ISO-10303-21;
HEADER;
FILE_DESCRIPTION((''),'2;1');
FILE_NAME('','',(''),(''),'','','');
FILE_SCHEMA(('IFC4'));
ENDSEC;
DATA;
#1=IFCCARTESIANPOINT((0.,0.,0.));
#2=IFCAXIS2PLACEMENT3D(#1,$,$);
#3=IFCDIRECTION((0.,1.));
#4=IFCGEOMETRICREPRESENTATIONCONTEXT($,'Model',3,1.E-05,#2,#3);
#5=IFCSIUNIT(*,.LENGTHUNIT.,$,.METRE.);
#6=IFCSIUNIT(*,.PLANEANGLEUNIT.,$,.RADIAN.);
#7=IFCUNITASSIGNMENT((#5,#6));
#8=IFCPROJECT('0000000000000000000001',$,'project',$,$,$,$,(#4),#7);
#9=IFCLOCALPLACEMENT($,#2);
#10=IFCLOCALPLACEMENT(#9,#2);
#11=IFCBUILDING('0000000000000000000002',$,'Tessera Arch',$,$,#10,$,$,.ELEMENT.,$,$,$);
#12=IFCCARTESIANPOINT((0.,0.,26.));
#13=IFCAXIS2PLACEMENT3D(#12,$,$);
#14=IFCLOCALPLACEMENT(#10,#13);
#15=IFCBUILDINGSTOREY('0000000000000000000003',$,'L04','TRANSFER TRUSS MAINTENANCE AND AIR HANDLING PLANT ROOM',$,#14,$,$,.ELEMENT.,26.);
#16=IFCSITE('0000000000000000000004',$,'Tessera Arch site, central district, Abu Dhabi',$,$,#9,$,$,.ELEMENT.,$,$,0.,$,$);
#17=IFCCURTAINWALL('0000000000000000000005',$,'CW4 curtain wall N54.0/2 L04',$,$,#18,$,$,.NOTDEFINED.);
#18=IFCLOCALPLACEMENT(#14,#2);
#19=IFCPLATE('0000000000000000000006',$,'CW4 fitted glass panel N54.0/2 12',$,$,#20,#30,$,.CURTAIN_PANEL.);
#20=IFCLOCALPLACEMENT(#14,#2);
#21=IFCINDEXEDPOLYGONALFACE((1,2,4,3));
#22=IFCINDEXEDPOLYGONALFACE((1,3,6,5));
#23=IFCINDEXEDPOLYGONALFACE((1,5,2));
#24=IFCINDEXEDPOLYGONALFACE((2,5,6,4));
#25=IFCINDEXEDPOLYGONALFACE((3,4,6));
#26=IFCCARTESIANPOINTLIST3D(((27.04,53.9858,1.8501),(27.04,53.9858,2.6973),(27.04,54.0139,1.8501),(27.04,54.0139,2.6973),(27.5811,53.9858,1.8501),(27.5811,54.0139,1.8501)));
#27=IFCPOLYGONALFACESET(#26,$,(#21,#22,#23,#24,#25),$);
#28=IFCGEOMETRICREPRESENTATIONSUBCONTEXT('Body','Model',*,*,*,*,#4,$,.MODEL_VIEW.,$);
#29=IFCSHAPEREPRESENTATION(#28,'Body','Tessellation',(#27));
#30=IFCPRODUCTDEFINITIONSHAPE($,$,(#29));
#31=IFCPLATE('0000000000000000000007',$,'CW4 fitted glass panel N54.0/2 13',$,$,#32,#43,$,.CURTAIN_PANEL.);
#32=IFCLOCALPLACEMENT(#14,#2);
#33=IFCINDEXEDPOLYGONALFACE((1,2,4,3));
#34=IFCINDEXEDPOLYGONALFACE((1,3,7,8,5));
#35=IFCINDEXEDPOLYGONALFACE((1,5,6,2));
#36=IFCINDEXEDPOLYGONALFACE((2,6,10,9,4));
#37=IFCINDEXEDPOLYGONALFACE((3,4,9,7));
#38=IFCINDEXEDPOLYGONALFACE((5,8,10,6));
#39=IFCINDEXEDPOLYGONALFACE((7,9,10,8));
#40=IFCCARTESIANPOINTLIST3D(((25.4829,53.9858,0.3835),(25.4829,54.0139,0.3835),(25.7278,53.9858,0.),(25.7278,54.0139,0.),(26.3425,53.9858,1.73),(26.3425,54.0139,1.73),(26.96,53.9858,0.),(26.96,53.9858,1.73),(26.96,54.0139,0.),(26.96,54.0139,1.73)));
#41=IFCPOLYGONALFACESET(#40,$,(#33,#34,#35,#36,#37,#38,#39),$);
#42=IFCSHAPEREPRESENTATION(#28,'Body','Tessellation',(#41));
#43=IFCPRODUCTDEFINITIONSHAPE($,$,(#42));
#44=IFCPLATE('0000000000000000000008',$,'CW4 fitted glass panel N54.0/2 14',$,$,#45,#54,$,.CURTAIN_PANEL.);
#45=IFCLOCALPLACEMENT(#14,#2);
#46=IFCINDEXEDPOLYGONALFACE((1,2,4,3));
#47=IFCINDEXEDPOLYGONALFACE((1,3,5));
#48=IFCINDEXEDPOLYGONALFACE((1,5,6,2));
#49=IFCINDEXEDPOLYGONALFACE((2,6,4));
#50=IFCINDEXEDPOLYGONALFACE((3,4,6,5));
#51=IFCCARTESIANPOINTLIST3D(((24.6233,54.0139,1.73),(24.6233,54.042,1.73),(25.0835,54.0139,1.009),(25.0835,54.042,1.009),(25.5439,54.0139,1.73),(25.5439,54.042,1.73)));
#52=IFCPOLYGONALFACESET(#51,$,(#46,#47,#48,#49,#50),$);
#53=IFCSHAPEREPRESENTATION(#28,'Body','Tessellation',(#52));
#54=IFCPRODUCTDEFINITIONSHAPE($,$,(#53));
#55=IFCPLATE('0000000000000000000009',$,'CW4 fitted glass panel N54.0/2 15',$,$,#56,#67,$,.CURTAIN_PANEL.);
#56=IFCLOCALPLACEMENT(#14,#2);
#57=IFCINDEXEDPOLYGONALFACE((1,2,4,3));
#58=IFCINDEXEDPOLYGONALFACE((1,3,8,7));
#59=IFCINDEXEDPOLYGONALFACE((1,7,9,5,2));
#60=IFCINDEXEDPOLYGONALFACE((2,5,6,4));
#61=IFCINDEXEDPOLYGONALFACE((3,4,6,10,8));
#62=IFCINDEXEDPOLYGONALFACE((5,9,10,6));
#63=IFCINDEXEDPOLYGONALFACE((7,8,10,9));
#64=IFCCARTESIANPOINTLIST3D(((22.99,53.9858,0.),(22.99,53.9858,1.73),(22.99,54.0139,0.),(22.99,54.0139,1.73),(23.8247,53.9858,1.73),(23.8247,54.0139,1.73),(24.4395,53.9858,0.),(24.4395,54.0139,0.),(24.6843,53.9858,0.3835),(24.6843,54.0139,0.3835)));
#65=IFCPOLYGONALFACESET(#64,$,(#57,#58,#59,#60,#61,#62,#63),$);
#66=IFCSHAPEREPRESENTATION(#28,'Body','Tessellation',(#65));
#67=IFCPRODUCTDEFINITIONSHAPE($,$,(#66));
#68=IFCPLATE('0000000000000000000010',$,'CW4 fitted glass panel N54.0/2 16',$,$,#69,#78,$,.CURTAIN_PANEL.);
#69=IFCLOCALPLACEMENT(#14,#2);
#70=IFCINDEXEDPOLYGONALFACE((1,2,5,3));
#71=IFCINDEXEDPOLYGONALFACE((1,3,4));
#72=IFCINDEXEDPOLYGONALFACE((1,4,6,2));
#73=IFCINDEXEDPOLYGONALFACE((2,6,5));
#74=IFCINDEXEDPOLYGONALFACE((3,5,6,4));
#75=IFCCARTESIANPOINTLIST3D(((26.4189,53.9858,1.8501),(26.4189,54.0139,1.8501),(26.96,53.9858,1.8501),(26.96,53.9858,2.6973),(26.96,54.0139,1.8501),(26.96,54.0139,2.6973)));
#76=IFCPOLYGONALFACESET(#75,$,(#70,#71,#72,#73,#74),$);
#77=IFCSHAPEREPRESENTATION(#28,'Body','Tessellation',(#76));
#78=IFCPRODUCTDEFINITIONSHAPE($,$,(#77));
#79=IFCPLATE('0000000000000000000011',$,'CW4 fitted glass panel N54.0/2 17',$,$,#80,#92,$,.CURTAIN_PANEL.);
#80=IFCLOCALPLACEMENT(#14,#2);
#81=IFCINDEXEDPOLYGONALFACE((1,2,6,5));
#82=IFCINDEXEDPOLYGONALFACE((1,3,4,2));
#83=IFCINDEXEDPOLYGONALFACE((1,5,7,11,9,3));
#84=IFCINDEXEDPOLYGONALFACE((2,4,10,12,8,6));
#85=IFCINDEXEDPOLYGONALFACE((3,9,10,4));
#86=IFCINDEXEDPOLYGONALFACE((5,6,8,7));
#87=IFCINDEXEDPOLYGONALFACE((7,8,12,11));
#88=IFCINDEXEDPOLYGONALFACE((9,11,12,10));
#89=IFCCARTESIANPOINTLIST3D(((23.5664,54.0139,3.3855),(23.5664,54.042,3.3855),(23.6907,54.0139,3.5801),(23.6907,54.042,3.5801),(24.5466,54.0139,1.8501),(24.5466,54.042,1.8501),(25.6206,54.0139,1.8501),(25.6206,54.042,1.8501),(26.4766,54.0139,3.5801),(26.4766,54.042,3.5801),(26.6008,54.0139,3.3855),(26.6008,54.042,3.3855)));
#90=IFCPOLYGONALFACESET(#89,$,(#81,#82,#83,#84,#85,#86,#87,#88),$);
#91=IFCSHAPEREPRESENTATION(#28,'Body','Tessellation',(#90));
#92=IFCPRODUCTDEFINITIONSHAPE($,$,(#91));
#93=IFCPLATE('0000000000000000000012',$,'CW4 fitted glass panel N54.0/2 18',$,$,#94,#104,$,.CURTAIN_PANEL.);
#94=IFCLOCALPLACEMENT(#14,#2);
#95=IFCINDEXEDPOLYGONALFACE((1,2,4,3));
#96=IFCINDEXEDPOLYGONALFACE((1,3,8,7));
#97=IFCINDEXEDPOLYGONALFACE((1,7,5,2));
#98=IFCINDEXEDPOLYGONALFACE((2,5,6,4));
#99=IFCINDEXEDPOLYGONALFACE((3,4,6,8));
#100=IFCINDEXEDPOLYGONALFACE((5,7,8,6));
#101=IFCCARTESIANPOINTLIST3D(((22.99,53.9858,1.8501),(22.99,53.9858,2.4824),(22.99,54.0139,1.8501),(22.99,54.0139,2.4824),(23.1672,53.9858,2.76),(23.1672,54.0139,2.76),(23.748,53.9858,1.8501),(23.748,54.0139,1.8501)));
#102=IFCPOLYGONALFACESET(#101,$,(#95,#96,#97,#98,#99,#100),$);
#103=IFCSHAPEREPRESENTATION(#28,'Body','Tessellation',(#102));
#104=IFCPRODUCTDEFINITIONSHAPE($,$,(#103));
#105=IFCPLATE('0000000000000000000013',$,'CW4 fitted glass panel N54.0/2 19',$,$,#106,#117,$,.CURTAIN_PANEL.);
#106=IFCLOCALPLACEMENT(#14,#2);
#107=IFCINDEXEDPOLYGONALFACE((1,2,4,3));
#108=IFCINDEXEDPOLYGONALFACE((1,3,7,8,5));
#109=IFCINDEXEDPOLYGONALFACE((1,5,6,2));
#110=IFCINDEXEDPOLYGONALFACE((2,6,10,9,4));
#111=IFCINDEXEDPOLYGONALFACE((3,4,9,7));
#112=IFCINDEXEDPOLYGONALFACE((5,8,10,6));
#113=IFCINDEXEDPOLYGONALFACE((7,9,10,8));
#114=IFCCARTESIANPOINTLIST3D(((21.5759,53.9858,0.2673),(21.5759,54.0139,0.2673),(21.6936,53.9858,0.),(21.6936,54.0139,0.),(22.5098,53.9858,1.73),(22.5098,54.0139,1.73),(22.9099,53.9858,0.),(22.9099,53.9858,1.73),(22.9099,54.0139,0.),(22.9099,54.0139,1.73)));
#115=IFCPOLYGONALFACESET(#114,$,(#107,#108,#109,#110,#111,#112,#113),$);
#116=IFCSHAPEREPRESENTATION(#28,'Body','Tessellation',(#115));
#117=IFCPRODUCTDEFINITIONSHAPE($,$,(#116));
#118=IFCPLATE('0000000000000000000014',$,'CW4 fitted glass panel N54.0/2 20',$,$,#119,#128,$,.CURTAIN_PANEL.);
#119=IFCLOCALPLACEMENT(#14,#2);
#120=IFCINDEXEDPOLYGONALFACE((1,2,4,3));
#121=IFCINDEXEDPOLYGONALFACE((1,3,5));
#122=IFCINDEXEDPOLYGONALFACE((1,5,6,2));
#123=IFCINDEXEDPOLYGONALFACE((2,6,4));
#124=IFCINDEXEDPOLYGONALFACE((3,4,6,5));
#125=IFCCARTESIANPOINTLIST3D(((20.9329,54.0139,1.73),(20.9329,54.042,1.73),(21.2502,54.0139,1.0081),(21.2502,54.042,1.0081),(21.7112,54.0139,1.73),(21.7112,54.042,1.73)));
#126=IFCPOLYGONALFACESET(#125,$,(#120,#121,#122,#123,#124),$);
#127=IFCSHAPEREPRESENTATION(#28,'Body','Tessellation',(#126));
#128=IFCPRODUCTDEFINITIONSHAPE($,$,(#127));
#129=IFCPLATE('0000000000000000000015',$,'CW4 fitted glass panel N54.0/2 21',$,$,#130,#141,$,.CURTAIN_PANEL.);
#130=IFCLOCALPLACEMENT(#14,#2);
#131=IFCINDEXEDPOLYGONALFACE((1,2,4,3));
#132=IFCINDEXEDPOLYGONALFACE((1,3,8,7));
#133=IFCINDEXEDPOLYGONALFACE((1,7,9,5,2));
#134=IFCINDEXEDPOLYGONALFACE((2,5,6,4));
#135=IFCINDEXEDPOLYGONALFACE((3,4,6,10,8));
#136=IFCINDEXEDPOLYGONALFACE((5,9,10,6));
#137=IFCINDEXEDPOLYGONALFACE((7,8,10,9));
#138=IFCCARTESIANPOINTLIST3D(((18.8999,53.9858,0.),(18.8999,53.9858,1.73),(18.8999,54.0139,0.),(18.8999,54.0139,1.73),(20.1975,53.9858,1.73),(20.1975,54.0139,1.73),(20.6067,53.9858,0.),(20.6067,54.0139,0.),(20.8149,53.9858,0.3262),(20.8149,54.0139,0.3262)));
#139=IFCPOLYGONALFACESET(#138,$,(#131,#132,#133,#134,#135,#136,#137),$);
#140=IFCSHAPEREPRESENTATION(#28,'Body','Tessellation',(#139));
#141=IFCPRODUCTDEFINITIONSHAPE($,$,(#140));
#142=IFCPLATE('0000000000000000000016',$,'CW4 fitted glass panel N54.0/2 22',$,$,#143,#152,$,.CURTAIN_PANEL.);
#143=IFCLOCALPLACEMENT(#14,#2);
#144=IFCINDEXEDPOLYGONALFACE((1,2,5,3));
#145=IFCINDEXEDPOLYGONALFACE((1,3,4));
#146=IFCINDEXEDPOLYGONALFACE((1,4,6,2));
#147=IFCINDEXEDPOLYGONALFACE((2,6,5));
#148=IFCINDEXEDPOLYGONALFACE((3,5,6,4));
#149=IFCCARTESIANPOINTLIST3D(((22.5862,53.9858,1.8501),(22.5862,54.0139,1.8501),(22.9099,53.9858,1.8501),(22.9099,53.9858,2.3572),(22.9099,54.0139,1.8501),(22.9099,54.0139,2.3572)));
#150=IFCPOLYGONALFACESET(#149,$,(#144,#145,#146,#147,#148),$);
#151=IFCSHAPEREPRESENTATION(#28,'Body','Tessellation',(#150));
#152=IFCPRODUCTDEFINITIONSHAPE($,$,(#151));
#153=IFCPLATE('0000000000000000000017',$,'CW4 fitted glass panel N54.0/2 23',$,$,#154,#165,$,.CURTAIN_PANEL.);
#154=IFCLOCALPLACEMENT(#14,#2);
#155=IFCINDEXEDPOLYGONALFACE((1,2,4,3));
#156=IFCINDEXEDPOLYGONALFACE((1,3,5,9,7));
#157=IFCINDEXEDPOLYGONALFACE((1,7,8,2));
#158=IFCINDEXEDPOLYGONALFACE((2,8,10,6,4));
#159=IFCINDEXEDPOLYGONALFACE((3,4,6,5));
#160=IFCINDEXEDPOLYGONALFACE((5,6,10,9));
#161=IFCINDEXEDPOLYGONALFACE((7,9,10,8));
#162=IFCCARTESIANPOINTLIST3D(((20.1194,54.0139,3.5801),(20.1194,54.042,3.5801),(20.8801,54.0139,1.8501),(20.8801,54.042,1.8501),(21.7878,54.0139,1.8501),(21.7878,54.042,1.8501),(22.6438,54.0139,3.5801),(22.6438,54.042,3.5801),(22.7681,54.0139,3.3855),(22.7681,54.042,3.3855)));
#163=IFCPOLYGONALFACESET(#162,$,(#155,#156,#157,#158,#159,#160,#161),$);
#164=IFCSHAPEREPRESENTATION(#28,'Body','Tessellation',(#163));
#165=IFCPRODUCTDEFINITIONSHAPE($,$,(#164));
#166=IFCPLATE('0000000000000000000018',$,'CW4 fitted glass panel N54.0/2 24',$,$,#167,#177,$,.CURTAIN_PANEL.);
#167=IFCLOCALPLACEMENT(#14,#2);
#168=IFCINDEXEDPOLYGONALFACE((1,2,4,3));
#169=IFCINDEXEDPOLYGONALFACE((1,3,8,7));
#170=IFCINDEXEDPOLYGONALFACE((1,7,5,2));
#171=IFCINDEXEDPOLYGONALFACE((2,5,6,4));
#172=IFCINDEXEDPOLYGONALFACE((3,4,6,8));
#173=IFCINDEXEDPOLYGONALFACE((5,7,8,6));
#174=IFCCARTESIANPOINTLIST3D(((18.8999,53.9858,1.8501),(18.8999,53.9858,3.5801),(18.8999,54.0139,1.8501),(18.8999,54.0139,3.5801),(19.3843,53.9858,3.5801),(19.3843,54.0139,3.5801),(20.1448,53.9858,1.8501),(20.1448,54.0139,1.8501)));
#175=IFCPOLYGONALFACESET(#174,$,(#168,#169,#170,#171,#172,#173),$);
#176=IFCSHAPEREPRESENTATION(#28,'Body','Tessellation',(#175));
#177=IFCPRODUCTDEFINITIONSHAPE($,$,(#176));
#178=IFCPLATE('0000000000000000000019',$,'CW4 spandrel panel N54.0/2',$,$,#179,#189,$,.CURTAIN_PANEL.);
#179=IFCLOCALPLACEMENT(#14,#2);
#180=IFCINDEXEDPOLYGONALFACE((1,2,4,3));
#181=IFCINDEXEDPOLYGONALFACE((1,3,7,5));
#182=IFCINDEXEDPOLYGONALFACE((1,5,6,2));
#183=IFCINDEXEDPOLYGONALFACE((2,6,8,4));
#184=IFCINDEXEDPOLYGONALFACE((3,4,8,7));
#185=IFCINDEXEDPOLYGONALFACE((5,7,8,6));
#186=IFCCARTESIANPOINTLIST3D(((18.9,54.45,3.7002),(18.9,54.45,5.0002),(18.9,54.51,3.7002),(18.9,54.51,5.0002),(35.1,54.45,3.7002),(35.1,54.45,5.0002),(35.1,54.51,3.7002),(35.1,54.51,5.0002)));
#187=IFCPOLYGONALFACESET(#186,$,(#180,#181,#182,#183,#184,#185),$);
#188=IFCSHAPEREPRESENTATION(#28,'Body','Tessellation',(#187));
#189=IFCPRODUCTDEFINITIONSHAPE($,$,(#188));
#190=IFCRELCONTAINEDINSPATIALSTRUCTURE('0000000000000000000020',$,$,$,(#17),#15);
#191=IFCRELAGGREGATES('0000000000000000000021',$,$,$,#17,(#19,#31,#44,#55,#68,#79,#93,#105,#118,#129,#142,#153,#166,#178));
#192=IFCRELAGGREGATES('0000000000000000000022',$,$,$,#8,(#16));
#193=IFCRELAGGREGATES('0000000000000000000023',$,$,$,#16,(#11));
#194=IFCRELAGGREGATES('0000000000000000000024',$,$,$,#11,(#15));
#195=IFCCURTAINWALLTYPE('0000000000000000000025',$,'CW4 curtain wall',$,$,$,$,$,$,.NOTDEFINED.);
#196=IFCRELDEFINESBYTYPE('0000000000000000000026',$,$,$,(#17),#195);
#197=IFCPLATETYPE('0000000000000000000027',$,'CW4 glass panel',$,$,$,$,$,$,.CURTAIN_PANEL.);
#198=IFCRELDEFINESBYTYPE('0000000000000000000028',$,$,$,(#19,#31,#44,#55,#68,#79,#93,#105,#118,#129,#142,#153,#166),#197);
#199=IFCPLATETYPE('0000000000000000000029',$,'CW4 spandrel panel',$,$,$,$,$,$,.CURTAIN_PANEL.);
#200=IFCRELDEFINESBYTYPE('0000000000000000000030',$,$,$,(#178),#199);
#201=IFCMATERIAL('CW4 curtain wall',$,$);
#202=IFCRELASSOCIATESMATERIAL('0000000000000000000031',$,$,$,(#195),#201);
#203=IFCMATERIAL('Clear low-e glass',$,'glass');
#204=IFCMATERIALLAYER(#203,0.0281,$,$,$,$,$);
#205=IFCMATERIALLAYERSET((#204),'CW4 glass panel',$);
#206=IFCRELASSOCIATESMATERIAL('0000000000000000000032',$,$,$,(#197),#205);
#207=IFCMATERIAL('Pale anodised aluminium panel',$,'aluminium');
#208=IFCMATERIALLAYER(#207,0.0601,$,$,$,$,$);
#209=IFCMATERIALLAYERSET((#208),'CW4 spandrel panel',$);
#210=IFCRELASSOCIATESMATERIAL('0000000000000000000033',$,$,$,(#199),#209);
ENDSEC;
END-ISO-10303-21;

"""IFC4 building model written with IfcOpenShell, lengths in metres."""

from ifc_helpers import new_model, si_unit, direction, frame, origin, origin_2d, place, context, subcontext, project, spatial, polyline, rectangle, outline, extrude, material, layer, layer_set, type_object, element, aggregate, save


model = new_model("IFC4")

# Units and contexts
model_context = context("Model", 3, precision=1e-05, world=origin(), true_north=direction((0.0, 1.0)))
body_context = subcontext(model_context, "Body", "Model", "MODEL_VIEW")
ifc_project = project(units=[si_unit("LENGTHUNIT", "METRE"), si_unit("PLANEANGLEUNIT", "RADIAN")], contexts=[model_context])

# Site, building, storey
site_placement = place(None, origin())
site = spatial("IfcSite", under=ifc_project, at=site_placement, Name="Tessera Arch site, central district, Abu Dhabi", CompositionType="ELEMENT", RefElevation=0.0)
building_placement = place(site_placement, origin())
building = spatial("IfcBuilding", under=site, at=building_placement, Name="Tessera Arch", CompositionType="ELEMENT")
storey_placement = place(building_placement, frame((0.0, 0.0, 26.0)))
storey = spatial("IfcBuildingStorey", under=building, at=storey_placement, Name="L04", Description="TRANSFER TRUSS MAINTENANCE AND AIR HANDLING PLANT ROOM", CompositionType="ELEMENT", Elevation=26.0)

# Curtain wall
ifc_material_1 = material(Name="CW4 curtain wall")
curtain_wall_type = type_object("IfcCurtainWallType", Name="CW4 curtain wall", PredefinedType="NOTDEFINED", material=ifc_material_1)
curtain_wall_placement = place(storey_placement, origin())
curtain_wall = element("IfcCurtainWall", 1, at=curtain_wall_placement, inside=storey, type_object=curtain_wall_type, Name="CW4 curtain wall N54.0/2 L04", PredefinedType="NOTDEFINED")

# Plates
ifc_material_2 = material(Name="Clear low-e glass", Category="glass")
ifc_layer_1 = layer(ifc_material_2, 0.0281)
ifc_layer_set_1 = layer_set([ifc_layer_1], Name="CW4 glass panel")
plate_type_1 = type_object("IfcPlateType", Name="CW4 glass panel", PredefinedType="CURTAIN_PANEL", material=ifc_layer_set_1)
plate_1_placement = place(storey_placement, frame((27.04, 54.0139, 1.8501), z_axis=(0.0, 1.0, 0.0), x_axis=(0.0, 0.0, 1.0)))
plate_1 = element("IfcPlate", 2, at=plate_1_placement, type_object=plate_type_1, Name="CW4 fitted glass panel N54.0/2 12", PredefinedType="CURTAIN_PANEL", context=body_context, shape_type="SweptSolid", body=[
    extrude(outline(polyline([(0.0, 0.0), (0.8472, 0.0), (0.0, 0.541), (0.0, 0.0)])), origin(), (0.0, 0.0, -1.0), 0.0281),
])
plate_2_placement = place(storey_placement, frame((26.96, 54.0139, 0.0), z_axis=(0.0, 1.0, 0.0), x_axis=(-1.0, 0.0, 0.0)))
plate_2 = element("IfcPlate", 3, at=plate_2_placement, type_object=plate_type_1, Name="CW4 fitted glass panel N54.0/2 13", PredefinedType="CURTAIN_PANEL", context=body_context, shape_type="SweptSolid", body=[
    extrude(outline(polyline([(0.0, 0.0), (1.2322, 0.0), (1.4771, 0.3835), (0.6174, 1.73), (0.0, 1.73), (0.0, 0.0)])), origin(), (0.0, 0.0, -1.0), 0.0281),
])
plate_3_placement = place(storey_placement, frame((24.6233, 54.042, 1.73), z_axis=(0.0, 1.0, 0.0), x_axis=(1.0, 0.0, 0.0)))
plate_3 = element("IfcPlate", 4, at=plate_3_placement, type_object=plate_type_1, Name="CW4 fitted glass panel N54.0/2 14", PredefinedType="CURTAIN_PANEL", context=body_context, shape_type="SweptSolid", body=[
    extrude(outline(polyline([(0.0, 0.0), (0.9207, 0.0), (0.4602, 0.7209), (0.0, 0.0)])), origin(), (0.0, 0.0, -1.0), 0.0281),
])
plate_4_placement = place(storey_placement, frame((22.99, 54.0139, 1.73), z_axis=(0.0, 1.0, 0.0), x_axis=(1.0, 0.0, 0.0)))
plate_4 = element("IfcPlate", 5, at=plate_4_placement, type_object=plate_type_1, Name="CW4 fitted glass panel N54.0/2 15", PredefinedType="CURTAIN_PANEL", context=body_context, shape_type="SweptSolid", body=[
    extrude(outline(polyline([(0.0, 0.0), (0.8347, 0.0), (1.6943, 1.3464), (1.4495, 1.73), (0.0, 1.73), (0.0, 0.0)])), origin(), (0.0, 0.0, -1.0), 0.0281),
])
plate_5_placement = place(storey_placement, frame((26.96, 54.0139, 1.8501), z_axis=(0.0, 1.0, 0.0), x_axis=(-1.0, 0.0, 0.0)))
plate_5 = element("IfcPlate", 6, at=plate_5_placement, type_object=plate_type_1, Name="CW4 fitted glass panel N54.0/2 16", PredefinedType="CURTAIN_PANEL", context=body_context, shape_type="SweptSolid", body=[
    extrude(outline(polyline([(0.0, 0.0), (0.541, 0.0), (0.0, 0.8472), (0.0, 0.0)])), origin(), (0.0, 0.0, -1.0), 0.0281),
])
plate_6_placement = place(storey_placement, frame((23.6907, 54.042, 3.5801), z_axis=(0.0, 1.0, 0.0), x_axis=(1.0, 0.0, 0.0)))
plate_6 = element("IfcPlate", 7, at=plate_6_placement, type_object=plate_type_1, Name="CW4 fitted glass panel N54.0/2 17", PredefinedType="CURTAIN_PANEL", context=body_context, shape_type="SweptSolid", body=[
    extrude(outline(polyline([(0.0, 0.0), (2.7859, 0.0), (2.9102, 0.1946), (1.9299, 1.73), (0.856, 1.73), (-0.1243, 0.1946), (0.0, 0.0)])), origin(), (0.0, 0.0, -1.0), 0.0281),
])
plate_7_placement = place(storey_placement, frame((22.99, 54.0139, 1.8501), z_axis=(0.0, 1.0, 0.0), x_axis=(0.0, 0.0, 1.0)))
plate_7 = element("IfcPlate", 8, at=plate_7_placement, type_object=plate_type_1, Name="CW4 fitted glass panel N54.0/2 18", PredefinedType="CURTAIN_PANEL", context=body_context, shape_type="SweptSolid", body=[
    extrude(outline(polyline([(0.0, 0.0), (0.6323, 0.0), (0.9099, 0.1772), (0.0, 0.7581), (0.0, 0.0)])), origin(), (0.0, 0.0, -1.0), 0.0281),
])
plate_8_placement = place(storey_placement, frame((22.9099, 54.0139, 0.0), z_axis=(0.0, 1.0, 0.0), x_axis=(-1.0, 0.0, 0.0)))
plate_8 = element("IfcPlate", 9, at=plate_8_placement, type_object=plate_type_1, Name="CW4 fitted glass panel N54.0/2 19", PredefinedType="CURTAIN_PANEL", context=body_context, shape_type="SweptSolid", body=[
    extrude(outline(polyline([(0.0, 0.0), (1.2163, 0.0), (1.334, 0.2673), (0.4001, 1.73), (0.0, 1.73), (0.0, 0.0)])), origin(), (0.0, 0.0, -1.0), 0.0281),
])
plate_9_placement = place(storey_placement, frame((20.9329, 54.042, 1.73), z_axis=(0.0, 1.0, 0.0), x_axis=(1.0, 0.0, 0.0)))
plate_9 = element("IfcPlate", 10, at=plate_9_placement, type_object=plate_type_1, Name="CW4 fitted glass panel N54.0/2 20", PredefinedType="CURTAIN_PANEL", context=body_context, shape_type="SweptSolid", body=[
    extrude(outline(polyline([(0.0, 0.0), (0.7783, 0.0), (0.3174, 0.7219), (0.0, 0.0)])), origin(), (0.0, 0.0, -1.0), 0.0281),
])
plate_10_placement = place(storey_placement, frame((18.8999, 54.0139, 1.73), z_axis=(0.0, 1.0, 0.0), x_axis=(1.0, 0.0, 0.0)))
plate_10 = element("IfcPlate", 11, at=plate_10_placement, type_object=plate_type_1, Name="CW4 fitted glass panel N54.0/2 21", PredefinedType="CURTAIN_PANEL", context=body_context, shape_type="SweptSolid", body=[
    extrude(outline(polyline([(0.0, 0.0), (1.2976, 0.0), (1.915, 1.4038), (1.7068, 1.73), (0.0, 1.73), (0.0, 0.0)])), origin(), (0.0, 0.0, -1.0), 0.0281),
])
plate_11_placement = place(storey_placement, frame((22.9099, 54.0139, 1.8501), z_axis=(0.0, 1.0, 0.0), x_axis=(-1.0, 0.0, 0.0)))
plate_11 = element("IfcPlate", 12, at=plate_11_placement, type_object=plate_type_1, Name="CW4 fitted glass panel N54.0/2 22", PredefinedType="CURTAIN_PANEL", context=body_context, shape_type="SweptSolid", body=[
    extrude(outline(polyline([(0.0, 0.0), (0.3237, 0.0), (0.0, 0.5071), (0.0, 0.0)])), origin(), (0.0, 0.0, -1.0), 0.0281),
])
plate_12_placement = place(storey_placement, frame((20.1194, 54.042, 3.5801), z_axis=(0.0, 1.0, 0.0), x_axis=(1.0, 0.0, 0.0)))
plate_12 = element("IfcPlate", 13, at=plate_12_placement, type_object=plate_type_1, Name="CW4 fitted glass panel N54.0/2 23", PredefinedType="CURTAIN_PANEL", context=body_context, shape_type="SweptSolid", body=[
    extrude(outline(polyline([(0.0, 0.0), (2.5244, 0.0), (2.6487, 0.1946), (1.6685, 1.73), (0.7607, 1.73), (0.0, 0.0)])), origin(), (0.0, 0.0, -1.0), 0.0281),
])
plate_13_placement = place(storey_placement, frame((18.8999, 54.0139, 3.5801), z_axis=(0.0, 1.0, 0.0), x_axis=(1.0, 0.0, 0.0)))
plate_13 = element("IfcPlate", 14, at=plate_13_placement, type_object=plate_type_1, Name="CW4 fitted glass panel N54.0/2 24", PredefinedType="CURTAIN_PANEL", context=body_context, shape_type="SweptSolid", body=[
    extrude(outline(polyline([(0.0, 0.0), (0.4844, 0.0), (1.2449, 1.73), (0.0, 1.73), (0.0, 0.0)])), origin(), (0.0, 0.0, -1.0), 0.0281),
])
ifc_material_3 = material(Name="Pale anodised aluminium panel", Category="aluminium")
ifc_layer_2 = layer(ifc_material_3, 0.0601)
ifc_layer_set_2 = layer_set([ifc_layer_2], Name="CW4 spandrel panel")
plate_type_2 = type_object("IfcPlateType", Name="CW4 spandrel panel", PredefinedType="CURTAIN_PANEL", material=ifc_layer_set_2)
plate_14_placement = place(storey_placement, frame((27.0, 54.48, 3.7002), z_axis=(0.0, 0.0, 1.0), x_axis=(-1.0, 0.0, 0.0)))
plate_14 = element("IfcPlate", 15, at=plate_14_placement, type_object=plate_type_2, Name="CW4 spandrel panel N54.0/2", PredefinedType="CURTAIN_PANEL", context=body_context, shape_type="SweptSolid", body=[
    extrude(rectangle(XDim=16.2, YDim=0.0601, at=origin_2d()), origin(), (0.0, 0.0, 1.0), 1.3),
])
aggregate(curtain_wall, [plate_1, plate_2, plate_3, plate_4, plate_5, plate_6, plate_7, plate_8, plate_9, plate_10, plate_11, plate_12, plate_13, plate_14])

save(model, "model.ifc")
